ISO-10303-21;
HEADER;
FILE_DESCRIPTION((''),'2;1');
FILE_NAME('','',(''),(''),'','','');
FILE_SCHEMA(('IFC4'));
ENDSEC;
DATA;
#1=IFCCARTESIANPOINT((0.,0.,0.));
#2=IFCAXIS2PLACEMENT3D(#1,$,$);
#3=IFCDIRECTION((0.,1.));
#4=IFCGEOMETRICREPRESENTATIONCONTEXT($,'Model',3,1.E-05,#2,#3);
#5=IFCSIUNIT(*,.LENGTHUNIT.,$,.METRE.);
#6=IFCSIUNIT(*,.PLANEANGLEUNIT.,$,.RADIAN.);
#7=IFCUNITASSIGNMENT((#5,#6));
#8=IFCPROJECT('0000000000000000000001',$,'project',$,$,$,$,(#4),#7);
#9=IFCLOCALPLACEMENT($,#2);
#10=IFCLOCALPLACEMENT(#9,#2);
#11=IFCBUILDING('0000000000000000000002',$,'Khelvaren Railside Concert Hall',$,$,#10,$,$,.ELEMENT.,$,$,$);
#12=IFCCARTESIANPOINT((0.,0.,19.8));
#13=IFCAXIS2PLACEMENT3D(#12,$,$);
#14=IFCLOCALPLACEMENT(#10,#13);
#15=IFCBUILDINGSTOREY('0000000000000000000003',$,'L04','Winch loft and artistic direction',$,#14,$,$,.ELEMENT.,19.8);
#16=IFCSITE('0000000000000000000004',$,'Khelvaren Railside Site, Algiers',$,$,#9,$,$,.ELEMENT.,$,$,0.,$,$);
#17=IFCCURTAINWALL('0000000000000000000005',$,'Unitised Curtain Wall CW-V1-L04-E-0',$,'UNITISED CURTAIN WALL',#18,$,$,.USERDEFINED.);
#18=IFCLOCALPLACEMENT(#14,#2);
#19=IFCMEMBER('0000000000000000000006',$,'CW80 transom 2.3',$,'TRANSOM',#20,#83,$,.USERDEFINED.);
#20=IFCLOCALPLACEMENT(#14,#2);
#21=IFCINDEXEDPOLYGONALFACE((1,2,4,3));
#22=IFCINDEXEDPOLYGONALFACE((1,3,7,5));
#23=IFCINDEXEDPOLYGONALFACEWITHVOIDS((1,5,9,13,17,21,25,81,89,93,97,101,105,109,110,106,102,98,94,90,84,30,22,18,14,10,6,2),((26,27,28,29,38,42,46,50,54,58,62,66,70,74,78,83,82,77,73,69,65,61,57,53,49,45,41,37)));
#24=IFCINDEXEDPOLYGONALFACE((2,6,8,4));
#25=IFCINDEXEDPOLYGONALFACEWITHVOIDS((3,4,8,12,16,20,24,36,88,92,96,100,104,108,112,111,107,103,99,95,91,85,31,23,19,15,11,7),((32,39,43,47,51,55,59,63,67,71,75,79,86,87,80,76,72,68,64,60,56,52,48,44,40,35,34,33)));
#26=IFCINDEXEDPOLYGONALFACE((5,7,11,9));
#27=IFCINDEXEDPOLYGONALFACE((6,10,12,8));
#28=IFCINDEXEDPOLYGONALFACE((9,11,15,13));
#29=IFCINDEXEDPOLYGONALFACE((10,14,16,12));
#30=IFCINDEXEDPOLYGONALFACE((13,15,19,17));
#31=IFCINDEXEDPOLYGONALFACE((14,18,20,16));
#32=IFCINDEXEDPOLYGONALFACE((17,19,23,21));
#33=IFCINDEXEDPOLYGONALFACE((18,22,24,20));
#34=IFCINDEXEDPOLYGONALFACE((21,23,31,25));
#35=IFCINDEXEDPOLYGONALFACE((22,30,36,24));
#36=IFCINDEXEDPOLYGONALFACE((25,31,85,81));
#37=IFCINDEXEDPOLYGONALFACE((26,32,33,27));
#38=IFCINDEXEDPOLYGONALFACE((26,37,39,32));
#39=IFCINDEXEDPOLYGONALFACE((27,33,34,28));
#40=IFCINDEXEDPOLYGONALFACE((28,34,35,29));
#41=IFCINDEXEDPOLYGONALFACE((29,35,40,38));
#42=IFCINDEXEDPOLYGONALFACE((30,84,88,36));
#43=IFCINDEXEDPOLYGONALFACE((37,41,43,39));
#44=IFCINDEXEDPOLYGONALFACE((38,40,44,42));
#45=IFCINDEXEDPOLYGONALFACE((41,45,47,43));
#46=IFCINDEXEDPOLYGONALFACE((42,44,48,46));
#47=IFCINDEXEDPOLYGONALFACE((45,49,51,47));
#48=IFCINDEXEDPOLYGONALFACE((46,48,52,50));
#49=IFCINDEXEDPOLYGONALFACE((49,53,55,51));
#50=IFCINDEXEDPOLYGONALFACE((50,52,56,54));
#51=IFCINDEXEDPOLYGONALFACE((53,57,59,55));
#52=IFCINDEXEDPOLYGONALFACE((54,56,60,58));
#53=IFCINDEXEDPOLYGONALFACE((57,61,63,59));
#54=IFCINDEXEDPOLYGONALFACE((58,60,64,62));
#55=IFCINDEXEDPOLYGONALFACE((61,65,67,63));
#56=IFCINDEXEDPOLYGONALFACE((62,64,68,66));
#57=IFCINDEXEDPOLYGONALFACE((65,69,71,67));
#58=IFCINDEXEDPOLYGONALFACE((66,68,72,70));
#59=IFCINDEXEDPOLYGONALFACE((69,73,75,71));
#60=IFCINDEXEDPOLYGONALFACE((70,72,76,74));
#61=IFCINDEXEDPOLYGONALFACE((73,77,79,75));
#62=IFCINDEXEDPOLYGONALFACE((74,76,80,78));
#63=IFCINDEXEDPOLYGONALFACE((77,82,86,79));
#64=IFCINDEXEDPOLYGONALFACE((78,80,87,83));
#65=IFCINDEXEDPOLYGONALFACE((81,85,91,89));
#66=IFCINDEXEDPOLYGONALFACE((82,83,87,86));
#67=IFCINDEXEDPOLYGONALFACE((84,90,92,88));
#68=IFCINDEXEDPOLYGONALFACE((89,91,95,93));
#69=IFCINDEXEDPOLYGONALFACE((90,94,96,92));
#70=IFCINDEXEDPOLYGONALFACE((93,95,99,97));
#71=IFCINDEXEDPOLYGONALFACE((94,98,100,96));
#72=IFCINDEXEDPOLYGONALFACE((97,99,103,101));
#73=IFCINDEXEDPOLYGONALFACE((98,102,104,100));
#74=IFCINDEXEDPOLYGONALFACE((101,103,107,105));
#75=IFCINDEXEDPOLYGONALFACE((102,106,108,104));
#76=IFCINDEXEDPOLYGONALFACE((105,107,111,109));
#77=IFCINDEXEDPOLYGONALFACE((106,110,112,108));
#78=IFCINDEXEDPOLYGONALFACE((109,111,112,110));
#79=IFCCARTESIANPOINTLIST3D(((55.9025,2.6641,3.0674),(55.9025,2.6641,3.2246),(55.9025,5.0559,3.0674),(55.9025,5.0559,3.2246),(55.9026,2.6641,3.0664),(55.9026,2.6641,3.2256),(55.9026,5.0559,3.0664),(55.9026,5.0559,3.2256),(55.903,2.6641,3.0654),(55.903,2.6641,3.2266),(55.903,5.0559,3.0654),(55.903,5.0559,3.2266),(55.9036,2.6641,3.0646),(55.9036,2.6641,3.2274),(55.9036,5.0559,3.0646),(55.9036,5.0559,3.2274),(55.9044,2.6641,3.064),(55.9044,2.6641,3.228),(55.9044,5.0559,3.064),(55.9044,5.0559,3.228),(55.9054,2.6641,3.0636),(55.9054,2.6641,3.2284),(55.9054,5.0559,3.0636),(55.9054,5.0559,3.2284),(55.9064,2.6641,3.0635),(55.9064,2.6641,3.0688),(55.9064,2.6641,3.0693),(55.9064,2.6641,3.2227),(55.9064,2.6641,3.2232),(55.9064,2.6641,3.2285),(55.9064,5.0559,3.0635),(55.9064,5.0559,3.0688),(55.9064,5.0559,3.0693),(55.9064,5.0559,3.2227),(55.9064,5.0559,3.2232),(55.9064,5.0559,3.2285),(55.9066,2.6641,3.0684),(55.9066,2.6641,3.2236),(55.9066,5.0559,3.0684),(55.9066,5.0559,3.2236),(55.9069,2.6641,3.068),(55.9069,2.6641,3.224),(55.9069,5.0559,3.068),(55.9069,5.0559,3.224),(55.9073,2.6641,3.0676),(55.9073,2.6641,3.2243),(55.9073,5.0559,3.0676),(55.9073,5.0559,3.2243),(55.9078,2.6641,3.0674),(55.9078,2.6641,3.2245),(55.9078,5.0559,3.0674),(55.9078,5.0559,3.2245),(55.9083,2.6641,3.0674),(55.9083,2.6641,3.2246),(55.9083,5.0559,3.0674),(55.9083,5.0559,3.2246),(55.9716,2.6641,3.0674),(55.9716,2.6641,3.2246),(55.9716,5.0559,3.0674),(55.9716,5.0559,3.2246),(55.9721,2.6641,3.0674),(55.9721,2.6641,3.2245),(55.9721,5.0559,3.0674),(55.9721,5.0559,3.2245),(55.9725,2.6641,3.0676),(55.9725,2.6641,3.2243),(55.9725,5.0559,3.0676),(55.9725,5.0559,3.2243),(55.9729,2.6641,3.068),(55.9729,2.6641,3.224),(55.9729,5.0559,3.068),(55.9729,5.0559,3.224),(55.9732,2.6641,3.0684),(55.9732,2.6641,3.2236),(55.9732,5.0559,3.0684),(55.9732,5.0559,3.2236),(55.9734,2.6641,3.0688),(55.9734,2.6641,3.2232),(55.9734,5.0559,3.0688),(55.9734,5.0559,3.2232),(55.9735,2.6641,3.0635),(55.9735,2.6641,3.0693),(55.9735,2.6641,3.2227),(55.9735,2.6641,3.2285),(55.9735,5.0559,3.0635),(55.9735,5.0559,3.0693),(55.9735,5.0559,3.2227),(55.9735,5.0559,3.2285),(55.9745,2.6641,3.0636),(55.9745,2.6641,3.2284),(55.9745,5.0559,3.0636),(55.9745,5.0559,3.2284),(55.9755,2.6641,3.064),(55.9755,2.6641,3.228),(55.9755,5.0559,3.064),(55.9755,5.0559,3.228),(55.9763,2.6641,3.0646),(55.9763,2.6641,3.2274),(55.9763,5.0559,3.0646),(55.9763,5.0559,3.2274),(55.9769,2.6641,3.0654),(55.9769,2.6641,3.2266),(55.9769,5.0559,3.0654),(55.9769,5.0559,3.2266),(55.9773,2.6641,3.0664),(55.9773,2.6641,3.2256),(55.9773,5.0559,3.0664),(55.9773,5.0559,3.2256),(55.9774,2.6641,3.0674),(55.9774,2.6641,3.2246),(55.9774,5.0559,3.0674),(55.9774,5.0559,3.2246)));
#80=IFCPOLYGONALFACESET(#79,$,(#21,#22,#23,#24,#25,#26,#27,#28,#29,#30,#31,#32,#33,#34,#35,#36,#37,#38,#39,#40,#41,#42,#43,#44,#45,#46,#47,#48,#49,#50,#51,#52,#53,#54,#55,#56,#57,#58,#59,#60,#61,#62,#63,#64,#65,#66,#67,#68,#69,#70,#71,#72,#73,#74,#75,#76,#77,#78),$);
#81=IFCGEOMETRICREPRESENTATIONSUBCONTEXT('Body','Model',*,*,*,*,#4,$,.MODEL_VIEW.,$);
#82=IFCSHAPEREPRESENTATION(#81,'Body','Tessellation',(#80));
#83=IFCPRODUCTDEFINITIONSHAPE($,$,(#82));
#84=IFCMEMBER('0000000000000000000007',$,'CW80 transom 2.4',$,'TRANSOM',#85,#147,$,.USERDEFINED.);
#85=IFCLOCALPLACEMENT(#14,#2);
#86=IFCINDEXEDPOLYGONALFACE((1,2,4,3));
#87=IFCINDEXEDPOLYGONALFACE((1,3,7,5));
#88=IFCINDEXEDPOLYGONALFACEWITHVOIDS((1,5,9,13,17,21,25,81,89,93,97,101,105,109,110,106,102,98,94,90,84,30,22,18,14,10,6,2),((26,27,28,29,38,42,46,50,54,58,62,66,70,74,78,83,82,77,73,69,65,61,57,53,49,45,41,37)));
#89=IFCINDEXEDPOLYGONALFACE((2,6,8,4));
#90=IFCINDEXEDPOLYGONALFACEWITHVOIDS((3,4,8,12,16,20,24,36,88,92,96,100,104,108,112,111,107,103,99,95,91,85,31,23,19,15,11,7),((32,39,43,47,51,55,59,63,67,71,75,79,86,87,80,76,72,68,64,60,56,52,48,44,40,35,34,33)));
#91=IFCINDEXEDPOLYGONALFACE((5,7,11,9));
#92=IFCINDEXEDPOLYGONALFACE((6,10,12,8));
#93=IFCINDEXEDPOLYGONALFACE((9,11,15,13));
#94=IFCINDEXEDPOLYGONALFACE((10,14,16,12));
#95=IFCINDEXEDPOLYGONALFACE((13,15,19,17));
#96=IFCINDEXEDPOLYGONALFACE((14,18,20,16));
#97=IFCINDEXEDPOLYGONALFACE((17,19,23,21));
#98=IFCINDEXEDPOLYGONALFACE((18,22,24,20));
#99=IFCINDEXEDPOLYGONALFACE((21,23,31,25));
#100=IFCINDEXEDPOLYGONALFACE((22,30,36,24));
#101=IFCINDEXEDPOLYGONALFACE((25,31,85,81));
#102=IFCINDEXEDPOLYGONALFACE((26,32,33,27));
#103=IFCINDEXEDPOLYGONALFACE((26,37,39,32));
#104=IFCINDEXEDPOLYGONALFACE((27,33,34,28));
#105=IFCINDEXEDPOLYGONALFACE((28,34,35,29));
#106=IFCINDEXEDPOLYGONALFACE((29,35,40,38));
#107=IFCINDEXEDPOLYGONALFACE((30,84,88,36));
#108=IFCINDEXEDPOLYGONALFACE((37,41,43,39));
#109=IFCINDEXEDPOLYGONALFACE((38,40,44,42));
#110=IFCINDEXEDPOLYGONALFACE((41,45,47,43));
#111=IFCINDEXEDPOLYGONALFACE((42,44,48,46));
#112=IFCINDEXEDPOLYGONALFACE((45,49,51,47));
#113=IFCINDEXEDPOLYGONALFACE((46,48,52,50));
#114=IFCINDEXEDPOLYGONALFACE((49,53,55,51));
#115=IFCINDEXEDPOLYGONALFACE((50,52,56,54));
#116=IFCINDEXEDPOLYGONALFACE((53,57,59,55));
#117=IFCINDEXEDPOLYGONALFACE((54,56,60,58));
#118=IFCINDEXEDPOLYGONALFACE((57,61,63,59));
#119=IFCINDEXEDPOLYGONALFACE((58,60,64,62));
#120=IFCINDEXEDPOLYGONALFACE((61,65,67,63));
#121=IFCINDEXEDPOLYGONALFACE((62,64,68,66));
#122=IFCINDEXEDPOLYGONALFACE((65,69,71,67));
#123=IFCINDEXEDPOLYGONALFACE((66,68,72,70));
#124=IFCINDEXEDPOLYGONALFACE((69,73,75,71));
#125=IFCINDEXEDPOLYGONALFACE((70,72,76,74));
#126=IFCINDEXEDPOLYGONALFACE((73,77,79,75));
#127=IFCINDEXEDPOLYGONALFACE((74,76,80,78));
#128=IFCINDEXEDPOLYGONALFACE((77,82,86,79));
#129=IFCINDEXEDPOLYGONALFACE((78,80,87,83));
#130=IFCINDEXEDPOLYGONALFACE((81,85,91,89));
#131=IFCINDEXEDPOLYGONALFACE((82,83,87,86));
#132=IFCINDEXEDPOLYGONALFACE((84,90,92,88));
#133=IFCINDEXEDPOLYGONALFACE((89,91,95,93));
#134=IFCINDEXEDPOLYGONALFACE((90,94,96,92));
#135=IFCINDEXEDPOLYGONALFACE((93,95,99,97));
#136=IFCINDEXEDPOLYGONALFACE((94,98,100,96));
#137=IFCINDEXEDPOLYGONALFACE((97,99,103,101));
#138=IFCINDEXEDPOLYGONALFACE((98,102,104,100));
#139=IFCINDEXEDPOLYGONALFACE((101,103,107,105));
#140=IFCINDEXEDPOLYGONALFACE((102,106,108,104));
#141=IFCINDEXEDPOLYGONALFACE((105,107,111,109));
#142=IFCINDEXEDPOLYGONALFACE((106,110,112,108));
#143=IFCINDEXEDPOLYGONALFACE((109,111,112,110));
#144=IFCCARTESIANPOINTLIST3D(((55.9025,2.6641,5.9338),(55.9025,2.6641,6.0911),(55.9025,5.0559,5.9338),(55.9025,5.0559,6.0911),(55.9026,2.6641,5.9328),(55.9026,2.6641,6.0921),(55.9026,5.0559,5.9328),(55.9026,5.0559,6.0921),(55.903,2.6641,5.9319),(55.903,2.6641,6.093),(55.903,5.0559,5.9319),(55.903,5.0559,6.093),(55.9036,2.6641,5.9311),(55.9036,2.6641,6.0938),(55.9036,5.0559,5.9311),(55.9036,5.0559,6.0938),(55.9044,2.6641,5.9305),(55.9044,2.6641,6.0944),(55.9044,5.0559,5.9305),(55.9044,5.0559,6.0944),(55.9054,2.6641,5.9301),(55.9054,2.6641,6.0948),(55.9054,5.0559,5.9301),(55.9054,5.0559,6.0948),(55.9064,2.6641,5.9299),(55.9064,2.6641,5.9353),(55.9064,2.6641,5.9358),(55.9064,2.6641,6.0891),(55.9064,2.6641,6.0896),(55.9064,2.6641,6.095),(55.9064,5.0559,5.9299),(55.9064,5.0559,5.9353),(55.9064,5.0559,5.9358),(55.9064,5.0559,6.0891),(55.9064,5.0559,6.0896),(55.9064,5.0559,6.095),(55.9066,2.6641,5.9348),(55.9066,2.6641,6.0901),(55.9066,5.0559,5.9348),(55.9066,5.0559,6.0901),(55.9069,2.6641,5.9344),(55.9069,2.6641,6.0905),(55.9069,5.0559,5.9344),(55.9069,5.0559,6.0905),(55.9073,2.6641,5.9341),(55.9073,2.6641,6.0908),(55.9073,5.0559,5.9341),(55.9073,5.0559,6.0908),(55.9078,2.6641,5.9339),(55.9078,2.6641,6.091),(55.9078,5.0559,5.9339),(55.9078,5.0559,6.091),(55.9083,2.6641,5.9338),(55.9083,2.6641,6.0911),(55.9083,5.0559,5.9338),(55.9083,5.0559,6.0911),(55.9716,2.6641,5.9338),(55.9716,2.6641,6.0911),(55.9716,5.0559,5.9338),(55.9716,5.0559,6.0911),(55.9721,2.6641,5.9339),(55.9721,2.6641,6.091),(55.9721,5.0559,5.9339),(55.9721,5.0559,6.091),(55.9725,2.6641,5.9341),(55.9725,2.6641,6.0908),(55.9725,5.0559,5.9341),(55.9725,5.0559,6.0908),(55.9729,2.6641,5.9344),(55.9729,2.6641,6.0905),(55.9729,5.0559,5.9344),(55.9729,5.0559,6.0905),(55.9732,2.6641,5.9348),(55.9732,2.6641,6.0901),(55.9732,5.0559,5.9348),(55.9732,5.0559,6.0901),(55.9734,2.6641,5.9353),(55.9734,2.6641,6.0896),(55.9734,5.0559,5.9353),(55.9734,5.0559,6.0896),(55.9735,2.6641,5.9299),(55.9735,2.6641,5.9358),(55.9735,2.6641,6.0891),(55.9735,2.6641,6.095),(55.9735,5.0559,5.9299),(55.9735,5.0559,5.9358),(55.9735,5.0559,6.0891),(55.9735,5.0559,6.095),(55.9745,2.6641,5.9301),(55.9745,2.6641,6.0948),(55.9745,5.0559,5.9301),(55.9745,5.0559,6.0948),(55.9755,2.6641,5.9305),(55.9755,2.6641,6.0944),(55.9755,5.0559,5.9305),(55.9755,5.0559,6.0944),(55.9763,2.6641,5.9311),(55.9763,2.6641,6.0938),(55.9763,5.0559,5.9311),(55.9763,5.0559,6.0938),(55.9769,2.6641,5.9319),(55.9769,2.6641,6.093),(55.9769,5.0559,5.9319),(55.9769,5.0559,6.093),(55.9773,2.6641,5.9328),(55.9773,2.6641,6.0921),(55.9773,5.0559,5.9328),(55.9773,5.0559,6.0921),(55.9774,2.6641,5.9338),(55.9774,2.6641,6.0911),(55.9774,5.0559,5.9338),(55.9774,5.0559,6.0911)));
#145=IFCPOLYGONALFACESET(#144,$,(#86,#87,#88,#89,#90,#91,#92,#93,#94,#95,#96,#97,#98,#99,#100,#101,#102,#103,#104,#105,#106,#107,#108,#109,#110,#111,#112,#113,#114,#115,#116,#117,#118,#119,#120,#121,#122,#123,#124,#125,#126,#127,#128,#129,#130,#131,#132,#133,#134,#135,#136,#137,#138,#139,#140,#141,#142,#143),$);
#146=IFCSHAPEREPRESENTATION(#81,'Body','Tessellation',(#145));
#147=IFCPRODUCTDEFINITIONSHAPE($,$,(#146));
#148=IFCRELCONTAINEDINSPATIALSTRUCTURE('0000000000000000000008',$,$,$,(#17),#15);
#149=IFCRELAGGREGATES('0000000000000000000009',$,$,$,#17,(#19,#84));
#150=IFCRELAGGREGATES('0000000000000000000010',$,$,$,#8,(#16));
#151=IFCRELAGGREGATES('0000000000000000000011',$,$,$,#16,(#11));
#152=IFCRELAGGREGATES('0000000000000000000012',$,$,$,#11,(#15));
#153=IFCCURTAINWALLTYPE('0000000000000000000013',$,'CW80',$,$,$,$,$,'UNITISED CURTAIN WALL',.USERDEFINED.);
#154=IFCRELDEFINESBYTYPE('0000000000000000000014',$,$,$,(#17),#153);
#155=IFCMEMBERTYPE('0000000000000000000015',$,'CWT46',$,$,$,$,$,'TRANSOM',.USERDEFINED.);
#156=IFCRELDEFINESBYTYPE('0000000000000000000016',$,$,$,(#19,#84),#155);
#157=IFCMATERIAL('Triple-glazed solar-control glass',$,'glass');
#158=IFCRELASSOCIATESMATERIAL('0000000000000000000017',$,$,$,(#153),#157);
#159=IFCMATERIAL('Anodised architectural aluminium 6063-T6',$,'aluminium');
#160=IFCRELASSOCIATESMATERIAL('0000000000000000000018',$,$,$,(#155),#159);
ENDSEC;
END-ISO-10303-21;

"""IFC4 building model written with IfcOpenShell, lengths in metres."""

from ifc_helpers import new_model, si_unit, direction, frame, origin, origin_2d, place, context, subcontext, project, spatial, hollow_rectangle, extrude, material, material_profile, profile_set, type_object, element, aggregate, save


model = new_model("IFC4")

# Units and contexts
model_context = context("Model", 3, precision=1e-05, world=origin(), true_north=direction((0.0, 1.0)))
body_context = subcontext(model_context, "Body", "Model", "MODEL_VIEW")
ifc_project = project(units=[si_unit("LENGTHUNIT", "METRE"), si_unit("PLANEANGLEUNIT", "RADIAN")], contexts=[model_context])

# Site, building, storey
site_placement = place(None, origin())
site = spatial("IfcSite", under=ifc_project, at=site_placement, Name="Khelvaren Railside Site, Algiers", CompositionType="ELEMENT", RefElevation=0.0)
building_placement = place(site_placement, origin())
building = spatial("IfcBuilding", under=site, at=building_placement, Name="Khelvaren Railside Concert Hall", CompositionType="ELEMENT")
storey_placement = place(building_placement, frame((0.0, 0.0, 19.8)))
storey = spatial("IfcBuildingStorey", under=building, at=storey_placement, Name="L04", Description="Winch loft and artistic direction", CompositionType="ELEMENT", Elevation=19.8)

# Curtain wall, members
ifc_material_1 = material(Name="Triple-glazed solar-control glass", Category="glass")
curtain_wall_type = type_object("IfcCurtainWallType", Name="CW80", ElementType="UNITISED CURTAIN WALL", PredefinedType="USERDEFINED", material=ifc_material_1)
curtain_wall_placement = place(storey_placement, origin())
curtain_wall = element("IfcCurtainWall", 1, at=curtain_wall_placement, inside=storey, type_object=curtain_wall_type, Name="Unitised Curtain Wall CW-V1-L04-E-0", ObjectType="UNITISED CURTAIN WALL", PredefinedType="USERDEFINED")
ifc_material_2 = material(Name="Anodised architectural aluminium 6063-T6", Category="aluminium")
ifc_material_profile_1 = material_profile(ifc_material_2, hollow_rectangle(XDim=0.075, YDim=0.165, WallThickness=0.0039, InnerFilletRadius=0.002, OuterFilletRadius=0.0039, at=origin_2d()), Name="CWT 75x165x4")
ifc_profile_set_1 = profile_set([ifc_material_profile_1], Name="Anodised architectural aluminium 6063-T6")
member_type_1 = type_object("IfcMemberType", Name="CWT46", ElementType="TRANSOM", PredefinedType="USERDEFINED", material=ifc_profile_set_1)
member_1_placement = place(storey_placement, frame((55.9399, 5.0559, 3.146), z_axis=(0.0, -1.0, 0.0), x_axis=(1.0, 0.0, 0.0)))
member_1 = element("IfcMember", 2, at=member_1_placement, type_object=member_type_1, Name="CW80 transom 2.3", ObjectType="TRANSOM", PredefinedType="USERDEFINED", context=body_context, shape_type="SweptSolid", body=[
    extrude(hollow_rectangle(XDim=0.075, YDim=0.165, WallThickness=0.0039, InnerFilletRadius=0.002, OuterFilletRadius=0.0039, at=origin_2d()), origin(), (0.0, 0.0, 1.0), 2.3918),
])
member_2_placement = place(storey_placement, frame((55.9399, 5.0559, 6.0125), z_axis=(0.0, -1.0, 0.0), x_axis=(1.0, 0.0, 0.0)))
member_2 = element("IfcMember", 3, at=member_2_placement, type_object=member_type_1, Name="CW80 transom 2.4", ObjectType="TRANSOM", PredefinedType="USERDEFINED", context=body_context, shape_type="SweptSolid", body=[
    extrude(hollow_rectangle(XDim=0.075, YDim=0.165, WallThickness=0.0039, InnerFilletRadius=0.002, OuterFilletRadius=0.0039, at=origin_2d()), origin(), (0.0, 0.0, 1.0), 2.3918),
])

aggregate(curtain_wall, [member_1, member_2])

save(model, "model.ifc")
